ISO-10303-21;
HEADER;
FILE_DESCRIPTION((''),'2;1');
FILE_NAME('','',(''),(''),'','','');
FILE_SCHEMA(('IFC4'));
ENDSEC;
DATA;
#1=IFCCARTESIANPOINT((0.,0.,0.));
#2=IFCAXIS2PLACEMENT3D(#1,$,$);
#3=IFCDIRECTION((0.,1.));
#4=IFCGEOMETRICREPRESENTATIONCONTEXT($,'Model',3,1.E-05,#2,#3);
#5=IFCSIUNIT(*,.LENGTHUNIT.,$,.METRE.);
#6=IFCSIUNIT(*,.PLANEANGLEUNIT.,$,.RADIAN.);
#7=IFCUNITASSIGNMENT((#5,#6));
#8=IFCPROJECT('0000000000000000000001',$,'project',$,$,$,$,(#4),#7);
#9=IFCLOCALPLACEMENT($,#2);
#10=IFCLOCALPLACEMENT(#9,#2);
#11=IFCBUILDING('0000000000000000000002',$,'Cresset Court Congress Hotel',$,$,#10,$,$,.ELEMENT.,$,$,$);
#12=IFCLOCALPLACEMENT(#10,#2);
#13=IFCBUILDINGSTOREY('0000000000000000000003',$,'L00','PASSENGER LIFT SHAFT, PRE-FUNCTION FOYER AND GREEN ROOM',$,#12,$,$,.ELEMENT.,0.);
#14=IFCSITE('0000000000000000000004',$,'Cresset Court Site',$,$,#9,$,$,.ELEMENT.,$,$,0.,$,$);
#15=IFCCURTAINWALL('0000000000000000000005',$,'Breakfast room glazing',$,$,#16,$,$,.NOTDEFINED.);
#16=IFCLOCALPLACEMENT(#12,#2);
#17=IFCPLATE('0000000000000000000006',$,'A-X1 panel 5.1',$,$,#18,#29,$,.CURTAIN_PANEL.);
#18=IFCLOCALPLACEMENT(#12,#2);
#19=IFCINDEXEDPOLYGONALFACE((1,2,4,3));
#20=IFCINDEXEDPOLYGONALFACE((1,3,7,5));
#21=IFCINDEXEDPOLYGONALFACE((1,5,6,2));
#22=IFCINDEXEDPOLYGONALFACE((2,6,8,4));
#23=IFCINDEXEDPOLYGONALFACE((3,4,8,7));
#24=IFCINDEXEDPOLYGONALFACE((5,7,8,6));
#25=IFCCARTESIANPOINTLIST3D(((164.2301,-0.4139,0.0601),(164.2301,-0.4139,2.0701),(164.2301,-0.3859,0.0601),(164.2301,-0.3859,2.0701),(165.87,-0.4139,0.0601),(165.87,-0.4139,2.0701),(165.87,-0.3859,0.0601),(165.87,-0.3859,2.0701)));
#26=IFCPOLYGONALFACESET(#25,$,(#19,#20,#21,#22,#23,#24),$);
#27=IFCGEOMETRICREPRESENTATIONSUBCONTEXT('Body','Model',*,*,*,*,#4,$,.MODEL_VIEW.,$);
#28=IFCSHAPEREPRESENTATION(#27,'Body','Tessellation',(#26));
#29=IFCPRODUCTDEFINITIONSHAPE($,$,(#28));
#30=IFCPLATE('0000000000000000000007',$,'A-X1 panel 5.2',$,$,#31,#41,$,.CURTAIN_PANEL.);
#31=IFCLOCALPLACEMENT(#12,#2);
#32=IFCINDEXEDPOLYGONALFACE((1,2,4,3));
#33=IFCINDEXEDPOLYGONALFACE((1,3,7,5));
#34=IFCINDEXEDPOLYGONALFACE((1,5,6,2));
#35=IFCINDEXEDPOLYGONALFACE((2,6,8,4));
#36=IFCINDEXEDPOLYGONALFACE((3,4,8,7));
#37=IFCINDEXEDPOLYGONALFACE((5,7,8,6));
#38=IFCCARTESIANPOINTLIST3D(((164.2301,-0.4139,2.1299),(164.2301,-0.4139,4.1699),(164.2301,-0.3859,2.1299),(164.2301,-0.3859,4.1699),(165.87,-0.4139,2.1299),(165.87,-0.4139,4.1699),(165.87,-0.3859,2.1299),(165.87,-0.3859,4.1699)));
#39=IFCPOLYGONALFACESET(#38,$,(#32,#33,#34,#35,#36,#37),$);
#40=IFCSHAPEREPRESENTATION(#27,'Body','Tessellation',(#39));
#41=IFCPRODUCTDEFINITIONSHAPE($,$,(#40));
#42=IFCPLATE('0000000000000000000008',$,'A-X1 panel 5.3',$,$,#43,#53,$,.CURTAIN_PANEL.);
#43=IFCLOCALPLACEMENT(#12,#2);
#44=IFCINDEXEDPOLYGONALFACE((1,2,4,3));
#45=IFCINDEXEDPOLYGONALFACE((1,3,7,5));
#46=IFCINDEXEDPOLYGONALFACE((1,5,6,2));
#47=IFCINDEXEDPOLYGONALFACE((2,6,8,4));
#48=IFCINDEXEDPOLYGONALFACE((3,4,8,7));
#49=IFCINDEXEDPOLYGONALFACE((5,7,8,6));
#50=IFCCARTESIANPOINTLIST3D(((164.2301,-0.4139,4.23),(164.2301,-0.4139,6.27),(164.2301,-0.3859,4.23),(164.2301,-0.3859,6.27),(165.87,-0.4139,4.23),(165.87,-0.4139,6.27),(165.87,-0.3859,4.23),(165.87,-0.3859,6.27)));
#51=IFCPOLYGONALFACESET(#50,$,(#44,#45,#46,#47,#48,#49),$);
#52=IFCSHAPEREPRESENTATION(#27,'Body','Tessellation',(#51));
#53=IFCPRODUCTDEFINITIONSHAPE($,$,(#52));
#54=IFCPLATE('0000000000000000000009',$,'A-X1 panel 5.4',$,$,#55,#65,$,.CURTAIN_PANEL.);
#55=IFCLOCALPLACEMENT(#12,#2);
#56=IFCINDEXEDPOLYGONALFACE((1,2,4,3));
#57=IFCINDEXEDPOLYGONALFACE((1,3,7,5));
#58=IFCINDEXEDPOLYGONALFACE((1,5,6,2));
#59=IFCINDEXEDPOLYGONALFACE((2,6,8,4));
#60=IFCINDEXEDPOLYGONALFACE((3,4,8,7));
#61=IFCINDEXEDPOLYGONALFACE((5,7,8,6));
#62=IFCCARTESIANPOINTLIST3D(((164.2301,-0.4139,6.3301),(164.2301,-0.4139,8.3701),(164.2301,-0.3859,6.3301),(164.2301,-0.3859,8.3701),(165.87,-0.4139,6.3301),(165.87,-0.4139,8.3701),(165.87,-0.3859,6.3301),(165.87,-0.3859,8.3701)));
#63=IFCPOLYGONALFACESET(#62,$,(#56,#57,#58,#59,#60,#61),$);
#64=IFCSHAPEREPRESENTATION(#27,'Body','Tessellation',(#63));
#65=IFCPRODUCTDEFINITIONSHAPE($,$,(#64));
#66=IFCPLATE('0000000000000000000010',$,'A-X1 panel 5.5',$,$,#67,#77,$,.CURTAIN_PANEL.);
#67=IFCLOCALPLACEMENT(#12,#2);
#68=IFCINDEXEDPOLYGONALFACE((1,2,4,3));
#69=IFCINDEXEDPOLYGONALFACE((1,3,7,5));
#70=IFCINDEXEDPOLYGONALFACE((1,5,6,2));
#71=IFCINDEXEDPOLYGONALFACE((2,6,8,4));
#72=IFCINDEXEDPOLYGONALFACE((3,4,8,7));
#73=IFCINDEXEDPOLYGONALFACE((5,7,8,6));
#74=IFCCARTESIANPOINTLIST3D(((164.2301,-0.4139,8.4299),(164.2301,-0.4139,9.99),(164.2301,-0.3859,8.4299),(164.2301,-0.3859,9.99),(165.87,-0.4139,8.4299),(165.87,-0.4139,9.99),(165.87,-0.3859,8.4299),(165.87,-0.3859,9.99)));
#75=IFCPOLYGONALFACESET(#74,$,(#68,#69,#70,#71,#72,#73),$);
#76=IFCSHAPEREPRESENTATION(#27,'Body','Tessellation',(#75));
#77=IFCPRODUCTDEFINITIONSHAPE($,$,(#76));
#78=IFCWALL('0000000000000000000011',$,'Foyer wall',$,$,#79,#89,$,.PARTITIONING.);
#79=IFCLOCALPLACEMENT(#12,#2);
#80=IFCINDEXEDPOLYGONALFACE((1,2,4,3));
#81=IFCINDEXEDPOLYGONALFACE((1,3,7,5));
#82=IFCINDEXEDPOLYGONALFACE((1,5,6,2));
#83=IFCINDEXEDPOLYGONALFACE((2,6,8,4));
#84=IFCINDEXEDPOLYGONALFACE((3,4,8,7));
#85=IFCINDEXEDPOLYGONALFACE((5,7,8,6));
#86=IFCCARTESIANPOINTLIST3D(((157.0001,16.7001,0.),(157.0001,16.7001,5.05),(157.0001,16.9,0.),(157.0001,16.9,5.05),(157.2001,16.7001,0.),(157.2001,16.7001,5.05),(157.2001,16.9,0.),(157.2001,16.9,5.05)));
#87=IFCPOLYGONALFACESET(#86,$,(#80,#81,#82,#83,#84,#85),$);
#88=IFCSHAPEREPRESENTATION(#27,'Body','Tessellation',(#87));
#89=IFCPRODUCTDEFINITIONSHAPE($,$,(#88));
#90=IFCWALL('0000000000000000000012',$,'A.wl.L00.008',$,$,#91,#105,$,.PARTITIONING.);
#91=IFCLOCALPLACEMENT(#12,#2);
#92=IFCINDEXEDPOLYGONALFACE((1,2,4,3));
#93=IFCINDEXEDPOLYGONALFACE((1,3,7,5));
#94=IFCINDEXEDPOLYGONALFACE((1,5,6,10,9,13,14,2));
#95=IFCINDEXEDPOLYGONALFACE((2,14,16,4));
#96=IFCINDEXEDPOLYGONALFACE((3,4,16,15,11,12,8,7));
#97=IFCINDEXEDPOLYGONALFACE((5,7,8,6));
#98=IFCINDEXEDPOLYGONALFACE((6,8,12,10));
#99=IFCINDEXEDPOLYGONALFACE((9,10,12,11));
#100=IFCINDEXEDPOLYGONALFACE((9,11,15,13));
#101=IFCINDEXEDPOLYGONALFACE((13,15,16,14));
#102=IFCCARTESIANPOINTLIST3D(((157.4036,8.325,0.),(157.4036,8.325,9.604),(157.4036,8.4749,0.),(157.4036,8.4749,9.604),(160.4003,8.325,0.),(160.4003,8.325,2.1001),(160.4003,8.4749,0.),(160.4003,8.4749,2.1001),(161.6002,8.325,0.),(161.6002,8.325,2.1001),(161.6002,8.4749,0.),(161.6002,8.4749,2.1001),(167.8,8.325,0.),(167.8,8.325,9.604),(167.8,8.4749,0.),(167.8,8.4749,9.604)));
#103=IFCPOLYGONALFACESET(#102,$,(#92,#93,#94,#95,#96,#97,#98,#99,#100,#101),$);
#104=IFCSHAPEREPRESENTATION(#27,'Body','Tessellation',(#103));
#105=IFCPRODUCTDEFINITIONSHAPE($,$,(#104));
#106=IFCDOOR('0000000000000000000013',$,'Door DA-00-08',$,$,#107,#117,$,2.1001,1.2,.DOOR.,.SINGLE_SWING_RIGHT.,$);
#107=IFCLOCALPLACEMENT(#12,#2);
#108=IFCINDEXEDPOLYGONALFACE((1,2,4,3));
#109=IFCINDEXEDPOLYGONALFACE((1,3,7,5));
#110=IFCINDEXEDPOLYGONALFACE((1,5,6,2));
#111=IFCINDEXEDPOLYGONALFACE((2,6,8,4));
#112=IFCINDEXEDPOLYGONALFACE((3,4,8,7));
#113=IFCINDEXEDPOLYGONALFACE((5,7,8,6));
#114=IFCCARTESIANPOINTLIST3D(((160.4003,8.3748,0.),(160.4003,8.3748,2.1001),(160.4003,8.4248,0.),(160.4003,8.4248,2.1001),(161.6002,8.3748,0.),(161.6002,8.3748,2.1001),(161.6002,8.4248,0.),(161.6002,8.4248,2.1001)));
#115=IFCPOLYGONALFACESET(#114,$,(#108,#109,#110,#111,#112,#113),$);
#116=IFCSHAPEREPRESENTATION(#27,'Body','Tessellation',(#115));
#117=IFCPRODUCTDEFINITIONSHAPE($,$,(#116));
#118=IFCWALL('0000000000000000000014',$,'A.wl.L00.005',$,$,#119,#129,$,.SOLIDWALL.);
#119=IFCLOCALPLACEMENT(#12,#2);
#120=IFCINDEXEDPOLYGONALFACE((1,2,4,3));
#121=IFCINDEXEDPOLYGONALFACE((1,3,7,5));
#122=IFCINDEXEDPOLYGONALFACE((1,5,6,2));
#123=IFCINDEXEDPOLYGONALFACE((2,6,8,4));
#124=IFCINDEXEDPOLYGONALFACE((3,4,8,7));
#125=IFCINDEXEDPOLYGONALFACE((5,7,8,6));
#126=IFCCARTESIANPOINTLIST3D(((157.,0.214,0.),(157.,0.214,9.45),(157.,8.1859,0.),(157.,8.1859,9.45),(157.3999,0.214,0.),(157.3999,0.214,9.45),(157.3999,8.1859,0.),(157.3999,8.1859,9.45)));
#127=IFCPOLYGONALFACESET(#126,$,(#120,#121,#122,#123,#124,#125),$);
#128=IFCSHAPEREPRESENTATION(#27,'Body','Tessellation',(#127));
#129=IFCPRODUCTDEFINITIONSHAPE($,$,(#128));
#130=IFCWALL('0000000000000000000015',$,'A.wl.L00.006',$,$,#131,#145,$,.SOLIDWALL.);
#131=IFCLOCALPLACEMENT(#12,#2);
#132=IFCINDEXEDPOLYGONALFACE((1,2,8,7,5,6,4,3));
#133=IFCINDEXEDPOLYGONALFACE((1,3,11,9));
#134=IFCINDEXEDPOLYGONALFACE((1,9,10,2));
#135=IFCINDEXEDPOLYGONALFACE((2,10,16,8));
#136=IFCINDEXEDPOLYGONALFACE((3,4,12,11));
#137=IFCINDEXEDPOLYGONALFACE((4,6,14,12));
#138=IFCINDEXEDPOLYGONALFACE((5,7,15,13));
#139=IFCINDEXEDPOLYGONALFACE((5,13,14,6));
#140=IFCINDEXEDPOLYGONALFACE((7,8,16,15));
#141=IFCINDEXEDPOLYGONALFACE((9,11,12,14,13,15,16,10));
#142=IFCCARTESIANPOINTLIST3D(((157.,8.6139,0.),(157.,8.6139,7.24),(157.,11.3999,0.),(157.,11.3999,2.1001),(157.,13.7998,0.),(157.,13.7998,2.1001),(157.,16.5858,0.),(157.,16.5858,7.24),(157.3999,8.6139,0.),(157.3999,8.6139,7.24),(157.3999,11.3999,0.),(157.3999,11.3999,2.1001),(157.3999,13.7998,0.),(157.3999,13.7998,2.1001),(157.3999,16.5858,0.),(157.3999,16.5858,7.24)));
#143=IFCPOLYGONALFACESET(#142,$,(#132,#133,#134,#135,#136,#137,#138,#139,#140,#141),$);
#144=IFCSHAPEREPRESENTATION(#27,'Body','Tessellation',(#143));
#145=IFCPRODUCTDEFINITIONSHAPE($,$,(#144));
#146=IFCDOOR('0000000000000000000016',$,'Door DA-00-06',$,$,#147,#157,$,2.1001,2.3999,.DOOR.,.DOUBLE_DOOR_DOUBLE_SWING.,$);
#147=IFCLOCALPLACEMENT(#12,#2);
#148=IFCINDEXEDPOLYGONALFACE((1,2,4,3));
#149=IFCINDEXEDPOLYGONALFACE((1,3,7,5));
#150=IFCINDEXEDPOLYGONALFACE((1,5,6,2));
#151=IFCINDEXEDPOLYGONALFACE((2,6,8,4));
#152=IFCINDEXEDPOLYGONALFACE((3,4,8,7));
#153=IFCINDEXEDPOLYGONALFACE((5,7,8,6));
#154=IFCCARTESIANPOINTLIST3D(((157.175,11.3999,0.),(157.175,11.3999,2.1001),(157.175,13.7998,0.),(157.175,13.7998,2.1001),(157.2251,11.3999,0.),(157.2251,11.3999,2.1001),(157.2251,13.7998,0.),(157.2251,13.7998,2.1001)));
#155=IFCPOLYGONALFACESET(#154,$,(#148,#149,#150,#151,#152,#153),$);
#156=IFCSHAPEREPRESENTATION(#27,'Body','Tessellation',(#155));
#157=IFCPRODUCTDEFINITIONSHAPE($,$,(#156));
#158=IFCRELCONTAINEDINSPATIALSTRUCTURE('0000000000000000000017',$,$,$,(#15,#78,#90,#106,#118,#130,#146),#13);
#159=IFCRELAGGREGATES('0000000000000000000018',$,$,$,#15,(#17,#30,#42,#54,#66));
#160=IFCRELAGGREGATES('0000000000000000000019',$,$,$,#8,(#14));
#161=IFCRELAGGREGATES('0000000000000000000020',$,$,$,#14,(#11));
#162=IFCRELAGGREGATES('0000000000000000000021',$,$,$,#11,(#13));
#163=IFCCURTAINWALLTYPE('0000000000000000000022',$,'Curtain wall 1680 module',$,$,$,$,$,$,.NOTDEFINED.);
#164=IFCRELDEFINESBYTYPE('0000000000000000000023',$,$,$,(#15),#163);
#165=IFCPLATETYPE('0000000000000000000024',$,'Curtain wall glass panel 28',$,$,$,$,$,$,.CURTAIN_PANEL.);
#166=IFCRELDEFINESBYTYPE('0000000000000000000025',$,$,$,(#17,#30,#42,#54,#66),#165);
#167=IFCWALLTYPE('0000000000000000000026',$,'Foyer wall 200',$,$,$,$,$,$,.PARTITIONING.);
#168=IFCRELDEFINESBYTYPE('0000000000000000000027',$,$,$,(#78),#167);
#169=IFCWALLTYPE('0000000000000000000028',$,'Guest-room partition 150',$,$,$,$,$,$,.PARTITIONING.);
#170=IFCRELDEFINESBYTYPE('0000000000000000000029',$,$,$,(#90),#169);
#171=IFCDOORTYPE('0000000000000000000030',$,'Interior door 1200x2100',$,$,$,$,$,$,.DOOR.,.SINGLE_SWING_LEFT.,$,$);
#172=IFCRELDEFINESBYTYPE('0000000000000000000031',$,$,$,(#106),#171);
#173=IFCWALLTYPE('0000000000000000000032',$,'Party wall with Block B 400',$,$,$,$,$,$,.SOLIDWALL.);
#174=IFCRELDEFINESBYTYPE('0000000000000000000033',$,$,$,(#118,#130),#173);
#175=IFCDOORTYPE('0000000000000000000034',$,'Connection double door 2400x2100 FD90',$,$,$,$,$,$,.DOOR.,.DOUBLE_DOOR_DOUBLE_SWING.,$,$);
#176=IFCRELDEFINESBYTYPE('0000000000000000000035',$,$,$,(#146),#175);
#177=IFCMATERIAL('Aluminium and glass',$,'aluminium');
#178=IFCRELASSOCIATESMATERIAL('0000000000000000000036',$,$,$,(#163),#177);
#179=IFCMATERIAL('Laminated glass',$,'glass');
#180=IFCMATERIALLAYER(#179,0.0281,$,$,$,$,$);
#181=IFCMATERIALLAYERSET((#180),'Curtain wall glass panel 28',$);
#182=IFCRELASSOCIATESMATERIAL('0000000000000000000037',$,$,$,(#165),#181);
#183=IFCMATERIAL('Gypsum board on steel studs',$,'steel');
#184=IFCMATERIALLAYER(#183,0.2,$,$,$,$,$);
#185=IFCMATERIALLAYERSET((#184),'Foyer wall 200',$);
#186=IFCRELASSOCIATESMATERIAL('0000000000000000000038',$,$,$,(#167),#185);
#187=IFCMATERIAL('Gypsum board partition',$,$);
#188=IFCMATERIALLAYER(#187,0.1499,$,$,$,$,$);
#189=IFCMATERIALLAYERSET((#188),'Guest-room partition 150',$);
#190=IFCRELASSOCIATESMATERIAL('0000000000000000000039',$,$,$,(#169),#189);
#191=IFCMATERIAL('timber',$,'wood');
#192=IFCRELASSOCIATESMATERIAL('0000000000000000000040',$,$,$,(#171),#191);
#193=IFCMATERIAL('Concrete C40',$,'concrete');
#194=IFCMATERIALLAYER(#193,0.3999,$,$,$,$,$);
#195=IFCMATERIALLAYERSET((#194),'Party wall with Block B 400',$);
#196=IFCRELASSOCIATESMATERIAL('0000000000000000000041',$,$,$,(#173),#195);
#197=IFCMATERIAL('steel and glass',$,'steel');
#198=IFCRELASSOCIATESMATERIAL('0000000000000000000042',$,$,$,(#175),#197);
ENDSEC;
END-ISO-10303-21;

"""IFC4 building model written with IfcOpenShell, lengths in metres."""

from ifc_helpers import new_model, si_unit, direction, frame, frame_2d, origin, origin_2d, place, context, subcontext, project, spatial, rectangle, extrude, material, layer, layer_set, type_object, element, fill, aggregate, save


model = new_model("IFC4")

# Units and contexts
model_context = context("Model", 3, precision=1e-05, world=origin(), true_north=direction((0.0, 1.0)))
body_context = subcontext(model_context, "Body", "Model", "MODEL_VIEW")
ifc_project = project(units=[si_unit("LENGTHUNIT", "METRE"), si_unit("PLANEANGLEUNIT", "RADIAN")], contexts=[model_context])

# Site, building, storey
site_placement = place(None, origin())
site = spatial("IfcSite", under=ifc_project, at=site_placement, Name="Cresset Court Site", CompositionType="ELEMENT", RefElevation=0.0)
building_placement = place(site_placement, origin())
building = spatial("IfcBuilding", under=site, at=building_placement, Name="Cresset Court Congress Hotel", CompositionType="ELEMENT")
storey_placement = place(building_placement, origin())
storey = spatial("IfcBuildingStorey", under=building, at=storey_placement, Name="L00", Description="PASSENGER LIFT SHAFT, PRE-FUNCTION FOYER AND GREEN ROOM", CompositionType="ELEMENT", Elevation=0.0)

# Curtain wall, plates
ifc_material_1 = material(Name="Aluminium and glass", Category="aluminium")
curtain_wall_type = type_object("IfcCurtainWallType", Name="Curtain wall 1680 module", PredefinedType="NOTDEFINED", material=ifc_material_1)
curtain_wall_placement = place(storey_placement, origin())
curtain_wall = element("IfcCurtainWall", 1, at=curtain_wall_placement, inside=storey, type_object=curtain_wall_type, Name="Breakfast room glazing", PredefinedType="NOTDEFINED")
ifc_material_2 = material(Name="Laminated glass", Category="glass")
ifc_layer_1 = layer(ifc_material_2, 0.0281)
ifc_layer_set_1 = layer_set([ifc_layer_1], Name="Curtain wall glass panel 28")
plate_type = type_object("IfcPlateType", Name="Curtain wall glass panel 28", PredefinedType="CURTAIN_PANEL", material=ifc_layer_set_1)
plate_1_placement = place(storey_placement, frame((165.05, -0.3999, 0.0601), z_axis=(0.0, 0.0, 1.0), x_axis=(1.0, 0.0, 0.0)))
plate_1 = element("IfcPlate", 2, at=plate_1_placement, type_object=plate_type, Name="A-X1 panel 5.1", PredefinedType="CURTAIN_PANEL", context=body_context, shape_type="SweptSolid", body=[
    extrude(rectangle(XDim=1.6399, YDim=0.0281, at=origin_2d()), origin(), (0.0, 0.0, 1.0), 2.01),
])
plate_2_placement = place(storey_placement, frame((165.05, -0.3999, 2.1299), z_axis=(0.0, 0.0, 1.0), x_axis=(1.0, 0.0, 0.0)))
plate_2 = element("IfcPlate", 3, at=plate_2_placement, type_object=plate_type, Name="A-X1 panel 5.2", PredefinedType="CURTAIN_PANEL", context=body_context, shape_type="SweptSolid", body=[
    extrude(rectangle(XDim=1.6399, YDim=0.0281, at=origin_2d()), origin(), (0.0, 0.0, 1.0), 2.04),
])
plate_3_placement = place(storey_placement, frame((165.05, -0.3999, 4.23), z_axis=(0.0, 0.0, 1.0), x_axis=(1.0, 0.0, 0.0)))
plate_3 = element("IfcPlate", 4, at=plate_3_placement, type_object=plate_type, Name="A-X1 panel 5.3", PredefinedType="CURTAIN_PANEL", context=body_context, shape_type="SweptSolid", body=[
    extrude(rectangle(XDim=1.6399, YDim=0.0281, at=origin_2d()), origin(), (0.0, 0.0, 1.0), 2.04),
])
plate_4_placement = place(storey_placement, frame((165.05, -0.3999, 6.3301), z_axis=(0.0, 0.0, 1.0), x_axis=(1.0, 0.0, 0.0)))
plate_4 = element("IfcPlate", 5, at=plate_4_placement, type_object=plate_type, Name="A-X1 panel 5.4", PredefinedType="CURTAIN_PANEL", context=body_context, shape_type="SweptSolid", body=[
    extrude(rectangle(XDim=1.6399, YDim=0.0281, at=origin_2d()), origin(), (0.0, 0.0, 1.0), 2.04),
])
plate_5_placement = place(storey_placement, frame((165.05, -0.3999, 8.4299), z_axis=(0.0, 0.0, 1.0), x_axis=(1.0, 0.0, 0.0)))
plate_5 = element("IfcPlate", 6, at=plate_5_placement, type_object=plate_type, Name="A-X1 panel 5.5", PredefinedType="CURTAIN_PANEL", context=body_context, shape_type="SweptSolid", body=[
    extrude(rectangle(XDim=1.6399, YDim=0.0281, at=origin_2d()), origin(), (0.0, 0.0, 1.0), 1.5601),
])
aggregate(curtain_wall, [plate_1, plate_2, plate_3, plate_4, plate_5])

# Wall
ifc_material_3 = material(Name="Gypsum board on steel studs", Category="steel")
ifc_layer_2 = layer(ifc_material_3, 0.2)
ifc_layer_set_2 = layer_set([ifc_layer_2], Name="Foyer wall 200")
wall_type_1 = type_object("IfcWallType", Name="Foyer wall 200", PredefinedType="PARTITIONING", material=ifc_layer_set_2)
wall_1_placement = place(storey_placement, frame((157.0, 16.8, 0.0), z_axis=(0.0, 0.0, 1.0), x_axis=(1.0, 0.0, 0.0)))
element("IfcWall", 7, at=wall_1_placement, inside=storey, type_object=wall_type_1, Name="Foyer wall", PredefinedType="PARTITIONING", context=body_context, shape_type="SweptSolid", body=[
    extrude(rectangle(XDim=0.2, YDim=0.2, at=frame_2d((0.1001, 0.0))), origin(), (0.0, 0.0, 1.0), 5.05),
])

# Wall, opening, door
ifc_material_4 = material(Name="Gypsum board partition")
ifc_layer_3 = layer(ifc_material_4, 0.1499)
ifc_layer_set_3 = layer_set([ifc_layer_3], Name="Guest-room partition 150")
wall_type_2 = type_object("IfcWallType", Name="Guest-room partition 150", PredefinedType="PARTITIONING", material=ifc_layer_set_3)
wall_2_placement = place(storey_placement, frame((157.4036, 8.3999, 0.0), z_axis=(0.0, 0.0, 1.0), x_axis=(1.0, 0.0, 0.0)))
wall_2 = element("IfcWall", 8, at=wall_2_placement, inside=storey, type_object=wall_type_2, Name="A.wl.L00.008", PredefinedType="PARTITIONING", context=body_context, shape_type="SweptSolid", body=[
    extrude(rectangle(XDim=10.3965, YDim=0.1499, at=frame_2d((5.1982, 0.0))), origin(), (0.0, 0.0, 1.0), 9.604),
])
opening_1_placement = place(wall_2_placement, frame((2.9966, 0.0, 0.0)))
opening_1 = element("IfcOpeningElement", 9, at=opening_1_placement, cuts=wall_2, PredefinedType="OPENING", context=body_context, shape_type="SweptSolid", body=[
    extrude(rectangle(XDim=1.2, YDim=2.1001, at=frame_2d((0.6001, 1.05))), frame((0.0, 0.085, 0.0), z_axis=(0.0, -1.0, 0.0), x_axis=(1.0, 0.0, 0.0)), (0.0, 0.0, 1.0), 0.1699),
])
ifc_material_5 = material(Name="timber", Category="wood")
door_type_1 = type_object("IfcDoorType", Name="Interior door 1200x2100", OperationType="SINGLE_SWING_LEFT", PredefinedType="DOOR", material=ifc_material_5)
door_1_placement = place(opening_1_placement, origin())
door_1 = element("IfcDoor", 10, at=door_1_placement, inside=storey, type_object=door_type_1, Name="Door DA-00-08", OperationType="SINGLE_SWING_RIGHT", OverallHeight=2.1001, OverallWidth=1.2, PredefinedType="DOOR", context=body_context, shape_type="SweptSolid", body=[
    extrude(rectangle(XDim=1.2, YDim=2.1001, at=frame_2d((0.6001, 1.05))), frame((0.0, 0.0249, 0.0), z_axis=(0.0, -1.0, 0.0), x_axis=(1.0, 0.0, 0.0)), (0.0, 0.0, 1.0), 0.05),
])
fill(opening_1, door_1)

# Wall
ifc_material_6 = material(Name="Concrete C40", Category="concrete")
ifc_layer_4 = layer(ifc_material_6, 0.3999)
ifc_layer_set_4 = layer_set([ifc_layer_4], Name="Party wall with Block B 400")
wall_type_3 = type_object("IfcWallType", Name="Party wall with Block B 400", PredefinedType="SOLIDWALL", material=ifc_layer_set_4)
wall_3_placement = place(storey_placement, frame((157.2, 0.2141, 0.0), z_axis=(0.0, 0.0, 1.0), x_axis=(0.0, 1.0, 0.0)))
element("IfcWall", 11, at=wall_3_placement, inside=storey, type_object=wall_type_3, Name="A.wl.L00.005", PredefinedType="SOLIDWALL", context=body_context, shape_type="SweptSolid", body=[
    extrude(rectangle(XDim=7.9719, YDim=0.3999, at=frame_2d((3.9858, 0.0))), origin(), (0.0, 0.0, 1.0), 9.45),
])

# Wall, opening, door
wall_4_placement = place(storey_placement, frame((157.2, 8.614, 0.0), z_axis=(0.0, 0.0, 1.0), x_axis=(0.0, 1.0, 0.0)))
wall_4 = element("IfcWall", 12, at=wall_4_placement, inside=storey, type_object=wall_type_3, Name="A.wl.L00.006", PredefinedType="SOLIDWALL", context=body_context, shape_type="SweptSolid", body=[
    extrude(rectangle(XDim=7.9719, YDim=0.3999, at=frame_2d((3.9858, 0.0))), origin(), (0.0, 0.0, 1.0), 7.24),
])
opening_2_placement = place(wall_4_placement, frame((2.7859, 0.0, 0.0)))
opening_2 = element("IfcOpeningElement", 13, at=opening_2_placement, cuts=wall_4, PredefinedType="OPENING", context=body_context, shape_type="SweptSolid", body=[
    extrude(rectangle(XDim=2.3999, YDim=2.1001, at=frame_2d((1.2, 1.05))), frame((0.0, 0.21, 0.0), z_axis=(0.0, -1.0, 0.0), x_axis=(1.0, 0.0, 0.0)), (0.0, 0.0, 1.0), 0.4199),
])
ifc_material_7 = material(Name="steel and glass", Category="steel")
door_type_2 = type_object("IfcDoorType", Name="Connection double door 2400x2100 FD90", OperationType="DOUBLE_DOOR_DOUBLE_SWING", PredefinedType="DOOR", material=ifc_material_7)
door_2_placement = place(opening_2_placement, origin())
door_2 = element("IfcDoor", 14, at=door_2_placement, inside=storey, type_object=door_type_2, Name="Door DA-00-06", OperationType="DOUBLE_DOOR_DOUBLE_SWING", OverallHeight=2.1001, OverallWidth=2.3999, PredefinedType="DOOR", context=body_context, shape_type="SweptSolid", body=[
    extrude(rectangle(XDim=2.3999, YDim=2.1001, at=frame_2d((1.2, 1.05))), frame((0.0, 0.0249, 0.0), z_axis=(0.0, -1.0, 0.0), x_axis=(1.0, 0.0, 0.0)), (0.0, 0.0, 1.0), 0.05),
])
fill(opening_2, door_2)

save(model, "model.ifc")
